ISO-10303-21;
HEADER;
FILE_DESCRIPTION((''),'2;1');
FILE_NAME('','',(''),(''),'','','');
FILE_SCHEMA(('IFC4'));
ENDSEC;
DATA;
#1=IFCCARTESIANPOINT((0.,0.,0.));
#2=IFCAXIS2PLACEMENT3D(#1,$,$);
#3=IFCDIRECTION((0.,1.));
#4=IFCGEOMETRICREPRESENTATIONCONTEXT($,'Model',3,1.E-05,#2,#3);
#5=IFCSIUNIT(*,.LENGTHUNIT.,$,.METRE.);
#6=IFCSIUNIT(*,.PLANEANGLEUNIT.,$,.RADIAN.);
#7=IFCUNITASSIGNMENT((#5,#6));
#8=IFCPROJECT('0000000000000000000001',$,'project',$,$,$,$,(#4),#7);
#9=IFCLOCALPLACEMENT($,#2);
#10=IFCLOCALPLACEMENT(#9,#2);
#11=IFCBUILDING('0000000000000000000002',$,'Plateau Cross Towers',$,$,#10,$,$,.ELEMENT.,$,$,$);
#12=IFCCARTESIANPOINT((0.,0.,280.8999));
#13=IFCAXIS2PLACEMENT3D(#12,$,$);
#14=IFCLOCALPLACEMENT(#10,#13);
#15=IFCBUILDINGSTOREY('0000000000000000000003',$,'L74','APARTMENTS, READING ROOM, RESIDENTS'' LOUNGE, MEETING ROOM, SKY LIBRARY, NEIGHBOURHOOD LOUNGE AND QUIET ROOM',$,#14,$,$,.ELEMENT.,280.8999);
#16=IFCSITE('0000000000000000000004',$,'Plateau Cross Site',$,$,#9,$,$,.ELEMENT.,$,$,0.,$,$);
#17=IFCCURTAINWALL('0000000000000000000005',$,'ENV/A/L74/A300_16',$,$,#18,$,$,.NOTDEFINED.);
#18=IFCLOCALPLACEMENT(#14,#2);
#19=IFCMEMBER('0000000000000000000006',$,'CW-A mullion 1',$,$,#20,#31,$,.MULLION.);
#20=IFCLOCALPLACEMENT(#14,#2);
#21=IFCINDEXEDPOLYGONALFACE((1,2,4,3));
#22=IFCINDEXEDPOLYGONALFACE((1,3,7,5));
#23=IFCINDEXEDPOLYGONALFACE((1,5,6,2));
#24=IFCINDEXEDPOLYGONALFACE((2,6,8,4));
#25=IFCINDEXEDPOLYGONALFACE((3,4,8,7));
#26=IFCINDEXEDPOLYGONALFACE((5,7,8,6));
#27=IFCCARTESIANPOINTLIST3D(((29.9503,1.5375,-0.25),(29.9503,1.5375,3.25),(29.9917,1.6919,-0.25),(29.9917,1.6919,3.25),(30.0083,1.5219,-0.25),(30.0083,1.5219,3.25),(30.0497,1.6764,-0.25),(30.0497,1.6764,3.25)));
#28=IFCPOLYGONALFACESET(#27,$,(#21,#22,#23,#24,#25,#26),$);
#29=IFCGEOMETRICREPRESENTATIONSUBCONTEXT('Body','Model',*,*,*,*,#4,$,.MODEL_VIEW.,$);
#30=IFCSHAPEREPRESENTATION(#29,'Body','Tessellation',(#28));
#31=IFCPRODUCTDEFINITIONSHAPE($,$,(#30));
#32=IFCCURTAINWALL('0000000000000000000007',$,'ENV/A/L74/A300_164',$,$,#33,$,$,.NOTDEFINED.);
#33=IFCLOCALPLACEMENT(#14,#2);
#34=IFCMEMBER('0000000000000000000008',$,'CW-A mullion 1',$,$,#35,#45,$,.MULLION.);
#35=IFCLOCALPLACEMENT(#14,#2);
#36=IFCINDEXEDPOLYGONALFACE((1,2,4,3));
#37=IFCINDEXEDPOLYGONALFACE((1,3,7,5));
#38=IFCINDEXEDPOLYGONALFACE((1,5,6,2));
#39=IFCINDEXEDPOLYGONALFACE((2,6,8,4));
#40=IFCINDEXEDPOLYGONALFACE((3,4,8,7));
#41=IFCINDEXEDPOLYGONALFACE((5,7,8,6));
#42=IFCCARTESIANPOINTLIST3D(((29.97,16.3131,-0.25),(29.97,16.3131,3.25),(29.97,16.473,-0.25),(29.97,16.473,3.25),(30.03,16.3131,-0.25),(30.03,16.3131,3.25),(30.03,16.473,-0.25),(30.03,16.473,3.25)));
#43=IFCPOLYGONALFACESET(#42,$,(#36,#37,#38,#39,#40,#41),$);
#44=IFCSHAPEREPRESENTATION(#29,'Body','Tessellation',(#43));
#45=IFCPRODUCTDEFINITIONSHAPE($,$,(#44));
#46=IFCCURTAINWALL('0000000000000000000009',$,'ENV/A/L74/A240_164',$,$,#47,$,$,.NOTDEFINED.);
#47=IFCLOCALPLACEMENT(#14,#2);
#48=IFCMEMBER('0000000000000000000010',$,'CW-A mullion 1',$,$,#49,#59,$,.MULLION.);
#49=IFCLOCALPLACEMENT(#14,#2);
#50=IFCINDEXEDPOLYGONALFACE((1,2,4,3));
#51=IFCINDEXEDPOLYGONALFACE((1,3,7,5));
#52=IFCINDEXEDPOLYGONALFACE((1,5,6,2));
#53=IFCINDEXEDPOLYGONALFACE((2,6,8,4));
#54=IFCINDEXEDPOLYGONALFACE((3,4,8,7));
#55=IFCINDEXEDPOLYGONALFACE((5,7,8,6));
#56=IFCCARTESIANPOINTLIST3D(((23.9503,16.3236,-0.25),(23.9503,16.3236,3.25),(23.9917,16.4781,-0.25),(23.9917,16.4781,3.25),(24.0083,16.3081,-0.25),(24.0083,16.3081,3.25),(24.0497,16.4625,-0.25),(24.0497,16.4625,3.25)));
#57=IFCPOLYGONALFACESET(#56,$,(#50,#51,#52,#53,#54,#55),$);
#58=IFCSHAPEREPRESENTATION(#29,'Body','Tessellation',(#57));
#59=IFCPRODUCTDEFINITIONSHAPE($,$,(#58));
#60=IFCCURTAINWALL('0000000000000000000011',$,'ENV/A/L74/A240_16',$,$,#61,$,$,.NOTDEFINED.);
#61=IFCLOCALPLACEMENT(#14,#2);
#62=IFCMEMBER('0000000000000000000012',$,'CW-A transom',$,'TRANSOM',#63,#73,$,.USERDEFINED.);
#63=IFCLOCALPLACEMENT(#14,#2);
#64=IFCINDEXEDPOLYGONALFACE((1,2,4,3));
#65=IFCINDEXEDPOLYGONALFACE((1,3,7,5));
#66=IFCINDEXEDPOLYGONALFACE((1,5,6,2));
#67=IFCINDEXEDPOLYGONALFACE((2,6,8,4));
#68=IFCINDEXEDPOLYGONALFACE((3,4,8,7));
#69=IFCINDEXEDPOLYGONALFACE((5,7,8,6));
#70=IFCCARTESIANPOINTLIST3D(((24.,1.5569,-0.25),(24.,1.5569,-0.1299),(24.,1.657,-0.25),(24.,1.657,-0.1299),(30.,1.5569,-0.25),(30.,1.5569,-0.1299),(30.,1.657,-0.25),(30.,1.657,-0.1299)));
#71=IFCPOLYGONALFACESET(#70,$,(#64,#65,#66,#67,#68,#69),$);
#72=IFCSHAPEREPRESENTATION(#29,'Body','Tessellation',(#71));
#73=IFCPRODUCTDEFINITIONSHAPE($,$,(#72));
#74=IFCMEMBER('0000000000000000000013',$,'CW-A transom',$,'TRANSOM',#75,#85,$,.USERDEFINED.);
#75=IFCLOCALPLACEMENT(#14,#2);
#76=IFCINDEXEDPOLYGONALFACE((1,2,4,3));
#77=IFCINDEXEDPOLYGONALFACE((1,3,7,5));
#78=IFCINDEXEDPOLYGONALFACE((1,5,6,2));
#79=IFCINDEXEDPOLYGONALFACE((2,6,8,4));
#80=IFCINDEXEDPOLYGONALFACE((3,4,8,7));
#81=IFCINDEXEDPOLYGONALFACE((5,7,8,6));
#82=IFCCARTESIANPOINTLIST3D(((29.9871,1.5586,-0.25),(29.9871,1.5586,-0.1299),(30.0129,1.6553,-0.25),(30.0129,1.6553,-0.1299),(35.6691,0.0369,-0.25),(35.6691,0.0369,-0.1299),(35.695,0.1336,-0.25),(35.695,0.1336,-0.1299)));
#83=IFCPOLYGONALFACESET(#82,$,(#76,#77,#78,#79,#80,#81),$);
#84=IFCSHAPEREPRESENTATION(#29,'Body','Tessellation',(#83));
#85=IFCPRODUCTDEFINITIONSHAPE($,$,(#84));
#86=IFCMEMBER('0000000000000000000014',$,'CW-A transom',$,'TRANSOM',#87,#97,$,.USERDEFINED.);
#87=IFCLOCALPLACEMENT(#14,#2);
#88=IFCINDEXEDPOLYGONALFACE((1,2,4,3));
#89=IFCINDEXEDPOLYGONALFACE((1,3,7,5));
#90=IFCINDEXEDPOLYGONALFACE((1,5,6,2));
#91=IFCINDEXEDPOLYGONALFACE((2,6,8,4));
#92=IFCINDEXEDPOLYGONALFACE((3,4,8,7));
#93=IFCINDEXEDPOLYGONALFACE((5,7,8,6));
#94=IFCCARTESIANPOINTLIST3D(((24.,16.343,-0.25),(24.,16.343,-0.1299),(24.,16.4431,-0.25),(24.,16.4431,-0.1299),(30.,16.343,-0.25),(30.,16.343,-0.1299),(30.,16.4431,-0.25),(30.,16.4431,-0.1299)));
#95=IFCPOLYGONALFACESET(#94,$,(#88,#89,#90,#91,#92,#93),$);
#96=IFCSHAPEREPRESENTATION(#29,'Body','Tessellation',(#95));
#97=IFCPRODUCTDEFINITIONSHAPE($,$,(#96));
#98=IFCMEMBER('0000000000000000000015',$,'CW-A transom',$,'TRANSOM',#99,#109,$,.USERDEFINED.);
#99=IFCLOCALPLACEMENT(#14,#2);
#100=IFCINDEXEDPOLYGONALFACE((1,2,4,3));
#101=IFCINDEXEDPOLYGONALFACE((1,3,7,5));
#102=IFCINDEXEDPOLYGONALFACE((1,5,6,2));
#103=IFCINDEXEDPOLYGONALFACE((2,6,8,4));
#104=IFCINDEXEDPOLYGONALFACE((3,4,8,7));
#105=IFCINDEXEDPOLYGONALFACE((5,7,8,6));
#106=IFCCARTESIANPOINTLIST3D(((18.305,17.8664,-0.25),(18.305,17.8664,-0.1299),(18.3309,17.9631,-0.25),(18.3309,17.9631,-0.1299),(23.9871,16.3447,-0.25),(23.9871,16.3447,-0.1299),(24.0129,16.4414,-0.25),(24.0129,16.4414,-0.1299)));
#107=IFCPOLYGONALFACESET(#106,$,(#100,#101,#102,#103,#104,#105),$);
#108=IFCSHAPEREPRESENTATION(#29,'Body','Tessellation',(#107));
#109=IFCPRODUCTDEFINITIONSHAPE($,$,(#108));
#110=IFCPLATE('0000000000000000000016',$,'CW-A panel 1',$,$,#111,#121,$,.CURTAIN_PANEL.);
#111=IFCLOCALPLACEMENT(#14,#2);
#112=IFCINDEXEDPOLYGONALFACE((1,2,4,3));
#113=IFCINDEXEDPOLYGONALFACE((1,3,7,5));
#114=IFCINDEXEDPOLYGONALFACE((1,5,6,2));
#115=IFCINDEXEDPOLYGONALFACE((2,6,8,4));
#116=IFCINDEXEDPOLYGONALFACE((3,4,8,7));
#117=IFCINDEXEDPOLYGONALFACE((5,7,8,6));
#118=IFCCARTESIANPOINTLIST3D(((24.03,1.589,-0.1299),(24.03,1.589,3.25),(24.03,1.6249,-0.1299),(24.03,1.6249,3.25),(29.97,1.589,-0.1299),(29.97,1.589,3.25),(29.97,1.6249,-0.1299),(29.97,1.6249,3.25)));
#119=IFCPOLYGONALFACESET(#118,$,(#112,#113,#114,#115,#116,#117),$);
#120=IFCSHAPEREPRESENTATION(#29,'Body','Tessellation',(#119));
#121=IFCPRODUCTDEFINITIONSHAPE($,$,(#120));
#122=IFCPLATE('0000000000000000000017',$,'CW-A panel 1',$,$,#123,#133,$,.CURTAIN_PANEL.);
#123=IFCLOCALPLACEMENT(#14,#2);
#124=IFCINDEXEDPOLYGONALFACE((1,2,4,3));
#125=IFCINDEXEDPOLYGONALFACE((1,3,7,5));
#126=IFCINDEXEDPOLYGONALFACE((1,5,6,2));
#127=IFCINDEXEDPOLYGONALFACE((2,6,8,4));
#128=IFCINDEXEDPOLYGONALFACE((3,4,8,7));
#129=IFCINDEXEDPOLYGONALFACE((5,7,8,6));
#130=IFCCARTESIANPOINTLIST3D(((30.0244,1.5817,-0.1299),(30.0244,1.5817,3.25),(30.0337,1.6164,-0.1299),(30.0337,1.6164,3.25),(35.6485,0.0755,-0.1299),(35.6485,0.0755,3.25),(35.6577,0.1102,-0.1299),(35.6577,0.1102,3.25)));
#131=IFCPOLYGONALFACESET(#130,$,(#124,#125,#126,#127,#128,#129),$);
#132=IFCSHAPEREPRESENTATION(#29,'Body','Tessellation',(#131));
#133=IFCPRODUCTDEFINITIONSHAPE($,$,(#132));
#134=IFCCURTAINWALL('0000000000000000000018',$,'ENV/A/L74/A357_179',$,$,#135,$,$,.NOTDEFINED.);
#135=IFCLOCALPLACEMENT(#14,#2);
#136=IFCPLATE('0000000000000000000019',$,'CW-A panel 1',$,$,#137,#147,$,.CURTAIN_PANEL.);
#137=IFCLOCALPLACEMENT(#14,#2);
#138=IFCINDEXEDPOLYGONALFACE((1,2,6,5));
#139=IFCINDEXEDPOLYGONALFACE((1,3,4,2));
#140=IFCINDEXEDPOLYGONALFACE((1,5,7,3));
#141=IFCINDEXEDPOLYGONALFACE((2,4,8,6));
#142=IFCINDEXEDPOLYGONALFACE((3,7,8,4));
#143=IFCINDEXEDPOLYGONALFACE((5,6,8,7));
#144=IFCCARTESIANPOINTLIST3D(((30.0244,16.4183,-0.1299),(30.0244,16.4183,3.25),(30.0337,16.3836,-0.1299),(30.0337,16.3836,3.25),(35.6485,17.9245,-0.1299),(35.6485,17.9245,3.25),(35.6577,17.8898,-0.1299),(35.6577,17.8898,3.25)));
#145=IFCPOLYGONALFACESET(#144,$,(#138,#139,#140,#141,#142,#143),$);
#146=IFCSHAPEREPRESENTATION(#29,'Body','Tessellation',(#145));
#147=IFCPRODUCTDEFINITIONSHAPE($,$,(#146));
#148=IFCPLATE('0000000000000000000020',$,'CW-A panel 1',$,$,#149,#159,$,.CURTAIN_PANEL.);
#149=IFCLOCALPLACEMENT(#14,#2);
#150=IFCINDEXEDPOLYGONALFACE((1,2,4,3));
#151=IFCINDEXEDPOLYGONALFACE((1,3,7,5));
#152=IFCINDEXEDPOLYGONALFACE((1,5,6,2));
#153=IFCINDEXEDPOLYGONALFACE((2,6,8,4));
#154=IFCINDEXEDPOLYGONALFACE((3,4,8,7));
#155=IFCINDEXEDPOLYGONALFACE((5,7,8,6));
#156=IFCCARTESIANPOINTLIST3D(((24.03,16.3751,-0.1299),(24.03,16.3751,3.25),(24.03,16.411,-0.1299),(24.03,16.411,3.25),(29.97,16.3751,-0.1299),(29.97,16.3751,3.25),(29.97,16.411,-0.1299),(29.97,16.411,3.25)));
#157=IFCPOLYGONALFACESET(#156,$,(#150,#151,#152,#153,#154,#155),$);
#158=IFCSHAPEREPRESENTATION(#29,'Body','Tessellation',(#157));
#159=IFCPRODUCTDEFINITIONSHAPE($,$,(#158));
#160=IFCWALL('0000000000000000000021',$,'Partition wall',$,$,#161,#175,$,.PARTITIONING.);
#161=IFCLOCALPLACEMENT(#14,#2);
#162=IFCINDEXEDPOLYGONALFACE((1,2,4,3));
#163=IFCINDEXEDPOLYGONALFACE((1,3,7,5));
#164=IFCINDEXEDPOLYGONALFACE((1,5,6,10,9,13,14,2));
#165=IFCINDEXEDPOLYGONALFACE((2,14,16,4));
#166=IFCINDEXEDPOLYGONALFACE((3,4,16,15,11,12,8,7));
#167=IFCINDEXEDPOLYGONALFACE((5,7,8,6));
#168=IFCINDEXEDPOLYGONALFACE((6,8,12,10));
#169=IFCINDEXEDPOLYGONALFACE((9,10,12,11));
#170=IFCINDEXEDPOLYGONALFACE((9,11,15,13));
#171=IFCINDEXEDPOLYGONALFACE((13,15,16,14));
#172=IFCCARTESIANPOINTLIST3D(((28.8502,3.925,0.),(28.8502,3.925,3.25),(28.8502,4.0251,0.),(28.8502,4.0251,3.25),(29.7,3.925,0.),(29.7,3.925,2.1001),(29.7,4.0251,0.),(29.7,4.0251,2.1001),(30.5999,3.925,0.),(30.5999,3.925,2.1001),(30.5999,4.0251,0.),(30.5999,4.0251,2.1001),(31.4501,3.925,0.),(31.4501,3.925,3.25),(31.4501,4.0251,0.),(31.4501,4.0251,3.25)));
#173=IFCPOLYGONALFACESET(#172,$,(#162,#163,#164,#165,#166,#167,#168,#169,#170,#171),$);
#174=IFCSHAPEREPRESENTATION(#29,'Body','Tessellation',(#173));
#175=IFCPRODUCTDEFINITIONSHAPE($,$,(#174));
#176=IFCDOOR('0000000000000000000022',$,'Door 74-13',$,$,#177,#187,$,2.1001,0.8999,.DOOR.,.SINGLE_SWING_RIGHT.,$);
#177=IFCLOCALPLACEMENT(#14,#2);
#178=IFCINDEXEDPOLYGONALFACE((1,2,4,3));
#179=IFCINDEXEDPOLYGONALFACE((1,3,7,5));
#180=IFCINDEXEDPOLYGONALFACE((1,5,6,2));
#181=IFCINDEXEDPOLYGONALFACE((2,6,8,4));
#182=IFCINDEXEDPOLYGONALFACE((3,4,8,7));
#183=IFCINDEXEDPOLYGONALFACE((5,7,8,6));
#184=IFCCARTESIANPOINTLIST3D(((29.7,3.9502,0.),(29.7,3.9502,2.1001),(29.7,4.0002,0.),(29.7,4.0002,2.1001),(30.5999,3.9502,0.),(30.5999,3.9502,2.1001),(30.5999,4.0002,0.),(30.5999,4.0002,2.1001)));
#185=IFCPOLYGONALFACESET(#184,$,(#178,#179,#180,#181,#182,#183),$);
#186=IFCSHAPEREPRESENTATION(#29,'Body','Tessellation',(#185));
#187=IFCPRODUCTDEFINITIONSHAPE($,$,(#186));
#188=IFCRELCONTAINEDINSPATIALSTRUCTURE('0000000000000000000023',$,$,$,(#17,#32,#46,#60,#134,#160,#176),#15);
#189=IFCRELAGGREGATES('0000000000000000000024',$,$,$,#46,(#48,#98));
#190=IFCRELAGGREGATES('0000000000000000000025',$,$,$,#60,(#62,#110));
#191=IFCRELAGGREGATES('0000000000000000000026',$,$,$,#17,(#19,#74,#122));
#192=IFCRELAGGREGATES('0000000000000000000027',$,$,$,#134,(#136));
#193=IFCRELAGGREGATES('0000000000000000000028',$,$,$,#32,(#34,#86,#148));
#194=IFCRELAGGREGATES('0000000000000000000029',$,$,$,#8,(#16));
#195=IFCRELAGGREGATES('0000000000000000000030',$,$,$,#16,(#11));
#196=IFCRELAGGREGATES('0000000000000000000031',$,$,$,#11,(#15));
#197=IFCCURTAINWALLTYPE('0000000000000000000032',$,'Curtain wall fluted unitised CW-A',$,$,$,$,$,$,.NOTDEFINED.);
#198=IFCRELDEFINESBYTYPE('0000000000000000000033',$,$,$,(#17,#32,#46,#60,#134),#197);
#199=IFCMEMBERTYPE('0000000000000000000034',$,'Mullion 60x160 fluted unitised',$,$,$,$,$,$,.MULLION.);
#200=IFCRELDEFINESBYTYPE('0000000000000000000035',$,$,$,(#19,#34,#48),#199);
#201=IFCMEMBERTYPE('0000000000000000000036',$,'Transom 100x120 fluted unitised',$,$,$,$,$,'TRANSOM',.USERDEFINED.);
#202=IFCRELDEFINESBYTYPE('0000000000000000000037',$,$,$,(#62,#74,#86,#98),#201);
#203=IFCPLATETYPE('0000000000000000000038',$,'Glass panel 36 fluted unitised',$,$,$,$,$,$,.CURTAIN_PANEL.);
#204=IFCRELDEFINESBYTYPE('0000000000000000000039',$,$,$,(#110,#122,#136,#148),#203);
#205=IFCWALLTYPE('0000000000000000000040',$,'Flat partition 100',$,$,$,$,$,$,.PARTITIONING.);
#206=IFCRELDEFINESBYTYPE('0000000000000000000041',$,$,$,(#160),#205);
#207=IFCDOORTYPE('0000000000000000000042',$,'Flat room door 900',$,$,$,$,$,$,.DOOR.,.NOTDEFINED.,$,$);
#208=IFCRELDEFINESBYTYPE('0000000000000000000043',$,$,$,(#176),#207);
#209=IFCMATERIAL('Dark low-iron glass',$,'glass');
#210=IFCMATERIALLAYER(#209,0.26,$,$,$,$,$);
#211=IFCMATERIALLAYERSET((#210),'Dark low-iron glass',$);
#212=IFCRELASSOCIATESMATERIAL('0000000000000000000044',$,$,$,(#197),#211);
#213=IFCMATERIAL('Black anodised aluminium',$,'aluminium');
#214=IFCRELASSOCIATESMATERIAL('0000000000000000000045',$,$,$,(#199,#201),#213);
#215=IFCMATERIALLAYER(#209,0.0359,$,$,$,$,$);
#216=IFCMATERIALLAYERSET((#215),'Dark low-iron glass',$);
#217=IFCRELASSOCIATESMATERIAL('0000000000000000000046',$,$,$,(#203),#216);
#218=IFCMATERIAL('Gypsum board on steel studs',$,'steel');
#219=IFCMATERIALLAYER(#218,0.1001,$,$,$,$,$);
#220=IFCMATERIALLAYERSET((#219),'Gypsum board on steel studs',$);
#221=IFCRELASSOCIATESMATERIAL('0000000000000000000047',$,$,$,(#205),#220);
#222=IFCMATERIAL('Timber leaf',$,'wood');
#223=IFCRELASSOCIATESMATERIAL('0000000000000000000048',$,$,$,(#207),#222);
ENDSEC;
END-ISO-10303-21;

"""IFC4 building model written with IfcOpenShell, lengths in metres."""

from ifc_helpers import new_model, si_unit, direction, frame, frame_2d, origin, origin_2d, place, context, subcontext, project, spatial, rectangle, extrude, material, layer, layer_set, material_profile, profile_set, type_object, element, fill, aggregate, save


model = new_model("IFC4")

# Units and contexts
model_context = context("Model", 3, precision=1e-05, world=origin(), true_north=direction((0.0, 1.0)))
body_context = subcontext(model_context, "Body", "Model", "MODEL_VIEW")
ifc_project = project(units=[si_unit("LENGTHUNIT", "METRE"), si_unit("PLANEANGLEUNIT", "RADIAN")], contexts=[model_context])

# Site, building, storey
site_placement = place(None, origin())
site = spatial("IfcSite", under=ifc_project, at=site_placement, Name="Plateau Cross Site", CompositionType="ELEMENT", RefElevation=0.0)
building_placement = place(site_placement, origin())
building = spatial("IfcBuilding", under=site, at=building_placement, Name="Plateau Cross Towers", CompositionType="ELEMENT")
storey_placement = place(building_placement, frame((0.0, 0.0, 280.8999)))
storey = spatial("IfcBuildingStorey", under=building, at=storey_placement, Name="L74", Description="APARTMENTS, READING ROOM, RESIDENTS' LOUNGE, MEETING ROOM, SKY LIBRARY, NEIGHBOURHOOD LOUNGE AND QUIET ROOM", CompositionType="ELEMENT", Elevation=280.8999)

# Curtain walls, members
ifc_material_1 = material(Name="Dark low-iron glass", Category="glass")
ifc_layer_1 = layer(ifc_material_1, 0.26)
ifc_layer_set_1 = layer_set([ifc_layer_1], Name="Dark low-iron glass")
curtain_wall_type = type_object("IfcCurtainWallType", Name="Curtain wall fluted unitised CW-A", PredefinedType="NOTDEFINED", material=ifc_layer_set_1)
curtain_wall_1_placement = place(storey_placement, origin())
curtain_wall_1 = element("IfcCurtainWall", 1, at=curtain_wall_1_placement, inside=storey, type_object=curtain_wall_type, Name="ENV/A/L74/A300_16", PredefinedType="NOTDEFINED")
ifc_material_2 = material(Name="Black anodised aluminium", Category="aluminium")
ifc_material_profile_1 = material_profile(ifc_material_2, rectangle(XDim=0.0601, YDim=0.1599, at=origin_2d()), Name="MULLION 60x160")
ifc_profile_set_1 = profile_set([ifc_material_profile_1], Name="Black anodised aluminium")
member_type_1 = type_object("IfcMemberType", Name="Mullion 60x160 fluted unitised", PredefinedType="MULLION", material=ifc_profile_set_1)
member_1_placement = place(storey_placement, frame((30.0, 1.6069, -0.25), z_axis=(0.0, 0.0, 1.0), x_axis=(0.965958, -0.258699, 0.0)))
member_1 = element("IfcMember", 2, at=member_1_placement, type_object=member_type_1, Name="CW-A mullion 1", PredefinedType="MULLION", context=body_context, shape_type="SweptSolid", body=[
    extrude(rectangle(XDim=0.0601, YDim=0.1599, at=origin_2d()), origin(), (0.0, 0.0, 1.0), 3.5),
])
curtain_wall_2_placement = place(storey_placement, origin())
curtain_wall_2 = element("IfcCurtainWall", 3, at=curtain_wall_2_placement, inside=storey, type_object=curtain_wall_type, Name="ENV/A/L74/A300_164", PredefinedType="NOTDEFINED")
member_2_placement = place(storey_placement, frame((30.0, 16.3931, -0.25), z_axis=(0.0, 0.0, 1.0), x_axis=(-1.0, 0.0, 0.0)))
member_2 = element("IfcMember", 4, at=member_2_placement, type_object=member_type_1, Name="CW-A mullion 1", PredefinedType="MULLION", context=body_context, shape_type="SweptSolid", body=[
    extrude(rectangle(XDim=0.0601, YDim=0.1599, at=origin_2d()), origin(), (0.0, 0.0, 1.0), 3.5),
])
curtain_wall_3_placement = place(storey_placement, origin())
curtain_wall_3 = element("IfcCurtainWall", 5, at=curtain_wall_3_placement, inside=storey, type_object=curtain_wall_type, Name="ENV/A/L74/A240_164", PredefinedType="NOTDEFINED")
member_3_placement = place(storey_placement, frame((24.0, 16.3931, -0.25), z_axis=(0.0, 0.0, 1.0), x_axis=(-0.965958, 0.258699, 0.0)))
member_3 = element("IfcMember", 6, at=member_3_placement, type_object=member_type_1, Name="CW-A mullion 1", PredefinedType="MULLION", context=body_context, shape_type="SweptSolid", body=[
    extrude(rectangle(XDim=0.0601, YDim=0.1599, at=origin_2d()), origin(), (0.0, 0.0, 1.0), 3.5),
])
curtain_wall_4_placement = place(storey_placement, origin())
curtain_wall_4 = element("IfcCurtainWall", 7, at=curtain_wall_4_placement, inside=storey, type_object=curtain_wall_type, Name="ENV/A/L74/A240_16", PredefinedType="NOTDEFINED")
ifc_material_profile_2 = material_profile(ifc_material_2, rectangle(XDim=0.1001, YDim=0.1201, at=origin_2d()), Name="TRANSOM 100x120")
ifc_profile_set_2 = profile_set([ifc_material_profile_2], Name="Black anodised aluminium")
member_type_2 = type_object("IfcMemberType", Name="Transom 100x120 fluted unitised", ElementType="TRANSOM", PredefinedType="USERDEFINED", material=ifc_profile_set_2)
member_4_placement = place(storey_placement, frame((24.0, 1.6069, -0.1899), z_axis=(1.0, 0.0, 0.0), x_axis=(0.0, 1.0, 0.0)))
member_4 = element("IfcMember", 8, at=member_4_placement, type_object=member_type_2, Name="CW-A transom", ObjectType="TRANSOM", PredefinedType="USERDEFINED", context=body_context, shape_type="SweptSolid", body=[
    extrude(rectangle(XDim=0.1001, YDim=0.1201, at=origin_2d()), origin(), (0.0, 0.0, 1.0), 6.0),
])

# Members
member_5_placement = place(storey_placement, frame((30.0, 1.6069, -0.1899), z_axis=(0.96596, -0.258693, 0.0), x_axis=(0.258693, 0.96596, 0.0)))
member_5 = element("IfcMember", 9, at=member_5_placement, type_object=member_type_2, Name="CW-A transom", ObjectType="TRANSOM", PredefinedType="USERDEFINED", context=body_context, shape_type="SweptSolid", body=[
    extrude(rectangle(XDim=0.1001, YDim=0.1201, at=origin_2d()), origin(), (0.0, 0.0, 1.0), 5.8823),
])
member_6_placement = place(storey_placement, frame((30.0, 16.3931, -0.1899), z_axis=(-1.0, 0.0, 0.0), x_axis=(0.0, -1.0, 0.0)))
member_6 = element("IfcMember", 10, at=member_6_placement, type_object=member_type_2, Name="CW-A transom", ObjectType="TRANSOM", PredefinedType="USERDEFINED", context=body_context, shape_type="SweptSolid", body=[
    extrude(rectangle(XDim=0.1001, YDim=0.1201, at=origin_2d()), origin(), (0.0, 0.0, 1.0), 6.0),
])
member_7_placement = place(storey_placement, frame((24.0, 16.3931, -0.1899), z_axis=(-0.96596, 0.258693, 0.0), x_axis=(-0.258693, -0.96596, 0.0)))
member_7 = element("IfcMember", 11, at=member_7_placement, type_object=member_type_2, Name="CW-A transom", ObjectType="TRANSOM", PredefinedType="USERDEFINED", context=body_context, shape_type="SweptSolid", body=[
    extrude(rectangle(XDim=0.1001, YDim=0.1201, at=origin_2d()), origin(), (0.0, 0.0, 1.0), 5.8823),
])
aggregate(curtain_wall_3, [member_3, member_7])

# Plates
ifc_layer_2 = layer(ifc_material_1, 0.0359)
ifc_layer_set_2 = layer_set([ifc_layer_2], Name="Dark low-iron glass")
plate_type = type_object("IfcPlateType", Name="Glass panel 36 fluted unitised", PredefinedType="CURTAIN_PANEL", material=ifc_layer_set_2)
plate_1_placement = place(storey_placement, frame((27.0, 1.6069, -0.1299), z_axis=(0.0, 0.0, 1.0), x_axis=(1.0, 0.0, 0.0)))
plate_1 = element("IfcPlate", 12, at=plate_1_placement, type_object=plate_type, Name="CW-A panel 1", PredefinedType="CURTAIN_PANEL", context=body_context, shape_type="SweptSolid", body=[
    extrude(rectangle(XDim=5.9399, YDim=0.0359, at=origin_2d()), origin(), (0.0, 0.0, 1.0), 3.3799),
])
aggregate(curtain_wall_4, [member_4, plate_1])
plate_2_placement = place(storey_placement, frame((32.8411, 0.8459, -0.1299), z_axis=(0.0, 0.0, 1.0), x_axis=(0.965958, -0.258699, 0.0)))
plate_2 = element("IfcPlate", 13, at=plate_2_placement, type_object=plate_type, Name="CW-A panel 1", PredefinedType="CURTAIN_PANEL", context=body_context, shape_type="SweptSolid", body=[
    extrude(rectangle(XDim=5.8223, YDim=0.0359, at=origin_2d()), origin(), (0.0, 0.0, 1.0), 3.3799),
])
aggregate(curtain_wall_1, [member_1, member_5, plate_2])

# Curtain wall, plate
curtain_wall_5_placement = place(storey_placement, origin())
curtain_wall_5 = element("IfcCurtainWall", 14, at=curtain_wall_5_placement, inside=storey, type_object=curtain_wall_type, Name="ENV/A/L74/A357_179", PredefinedType="NOTDEFINED")
plate_3_placement = place(storey_placement, frame((32.8411, 17.1541, -0.1299), z_axis=(0.0, 0.0, 1.0), x_axis=(-0.965958, -0.258699, 0.0)))
plate_3 = element("IfcPlate", 15, at=plate_3_placement, type_object=plate_type, Name="CW-A panel 1", PredefinedType="CURTAIN_PANEL", context=body_context, shape_type="SweptSolid", body=[
    extrude(rectangle(XDim=5.8223, YDim=0.0359, at=origin_2d()), origin(), (0.0, 0.0, 1.0), 3.3799),
])
aggregate(curtain_wall_5, [plate_3])

# Plate
plate_4_placement = place(storey_placement, frame((27.0, 16.3931, -0.1299), z_axis=(0.0, 0.0, 1.0), x_axis=(-1.0, 0.0, 0.0)))
plate_4 = element("IfcPlate", 16, at=plate_4_placement, type_object=plate_type, Name="CW-A panel 1", PredefinedType="CURTAIN_PANEL", context=body_context, shape_type="SweptSolid", body=[
    extrude(rectangle(XDim=5.9399, YDim=0.0359, at=origin_2d()), origin(), (0.0, 0.0, 1.0), 3.3799),
])
aggregate(curtain_wall_2, [member_2, member_6, plate_4])

# Wall, opening, door
ifc_material_3 = material(Name="Gypsum board on steel studs", Category="steel")
ifc_layer_3 = layer(ifc_material_3, 0.1001)
ifc_layer_set_3 = layer_set([ifc_layer_3], Name="Gypsum board on steel studs")
wall_type_1 = type_object("IfcWallType", Name="Flat partition 100", PredefinedType="PARTITIONING", material=ifc_layer_set_3)
wall_1_placement = place(storey_placement, frame((31.45, 3.9751, 0.0), z_axis=(0.0, 0.0, 1.0), x_axis=(-1.0, 0.0, 0.0)))
wall_1 = element("IfcWall", 17, at=wall_1_placement, inside=storey, type_object=wall_type_1, Name="Partition wall", PredefinedType="PARTITIONING", context=body_context, shape_type="SweptSolid", body=[
    extrude(rectangle(XDim=2.5999, YDim=0.1001, at=frame_2d((1.2998, 0.0))), origin(), (0.0, 0.0, 1.0), 3.25),
])
opening_1_placement = place(wall_1_placement, frame((0.8501, 0.0, 0.0)))
opening_1 = element("IfcOpeningElement", 18, at=opening_1_placement, cuts=wall_1, PredefinedType="OPENING", context=body_context, shape_type="SweptSolid", body=[
    extrude(rectangle(XDim=0.8999, YDim=2.1001, at=frame_2d((0.45, 1.05))), frame((0.0, 0.0601, 0.0), z_axis=(0.0, -1.0, 0.0), x_axis=(1.0, 0.0, 0.0)), (0.0, 0.0, 1.0), 0.1201),
])
ifc_material_4 = material(Name="Timber leaf", Category="wood")
door_type = type_object("IfcDoorType", Name="Flat room door 900", OperationType="NOTDEFINED", PredefinedType="DOOR", material=ifc_material_4)
door_1_placement = place(opening_1_placement, origin())
door_1 = element("IfcDoor", 19, at=door_1_placement, inside=storey, type_object=door_type, Name="Door 74-13", OperationType="SINGLE_SWING_RIGHT", OverallHeight=2.1001, OverallWidth=0.8999, PredefinedType="DOOR", context=body_context, shape_type="SweptSolid", body=[
    extrude(rectangle(XDim=0.8999, YDim=2.1001, at=frame_2d((0.45, 1.05))), frame((0.0, 0.0249, 0.0), z_axis=(0.0, -1.0, 0.0), x_axis=(1.0, 0.0, 0.0)), (0.0, 0.0, 1.0), 0.05),
])
fill(opening_1, door_1)

save(model, "model.ifc")
